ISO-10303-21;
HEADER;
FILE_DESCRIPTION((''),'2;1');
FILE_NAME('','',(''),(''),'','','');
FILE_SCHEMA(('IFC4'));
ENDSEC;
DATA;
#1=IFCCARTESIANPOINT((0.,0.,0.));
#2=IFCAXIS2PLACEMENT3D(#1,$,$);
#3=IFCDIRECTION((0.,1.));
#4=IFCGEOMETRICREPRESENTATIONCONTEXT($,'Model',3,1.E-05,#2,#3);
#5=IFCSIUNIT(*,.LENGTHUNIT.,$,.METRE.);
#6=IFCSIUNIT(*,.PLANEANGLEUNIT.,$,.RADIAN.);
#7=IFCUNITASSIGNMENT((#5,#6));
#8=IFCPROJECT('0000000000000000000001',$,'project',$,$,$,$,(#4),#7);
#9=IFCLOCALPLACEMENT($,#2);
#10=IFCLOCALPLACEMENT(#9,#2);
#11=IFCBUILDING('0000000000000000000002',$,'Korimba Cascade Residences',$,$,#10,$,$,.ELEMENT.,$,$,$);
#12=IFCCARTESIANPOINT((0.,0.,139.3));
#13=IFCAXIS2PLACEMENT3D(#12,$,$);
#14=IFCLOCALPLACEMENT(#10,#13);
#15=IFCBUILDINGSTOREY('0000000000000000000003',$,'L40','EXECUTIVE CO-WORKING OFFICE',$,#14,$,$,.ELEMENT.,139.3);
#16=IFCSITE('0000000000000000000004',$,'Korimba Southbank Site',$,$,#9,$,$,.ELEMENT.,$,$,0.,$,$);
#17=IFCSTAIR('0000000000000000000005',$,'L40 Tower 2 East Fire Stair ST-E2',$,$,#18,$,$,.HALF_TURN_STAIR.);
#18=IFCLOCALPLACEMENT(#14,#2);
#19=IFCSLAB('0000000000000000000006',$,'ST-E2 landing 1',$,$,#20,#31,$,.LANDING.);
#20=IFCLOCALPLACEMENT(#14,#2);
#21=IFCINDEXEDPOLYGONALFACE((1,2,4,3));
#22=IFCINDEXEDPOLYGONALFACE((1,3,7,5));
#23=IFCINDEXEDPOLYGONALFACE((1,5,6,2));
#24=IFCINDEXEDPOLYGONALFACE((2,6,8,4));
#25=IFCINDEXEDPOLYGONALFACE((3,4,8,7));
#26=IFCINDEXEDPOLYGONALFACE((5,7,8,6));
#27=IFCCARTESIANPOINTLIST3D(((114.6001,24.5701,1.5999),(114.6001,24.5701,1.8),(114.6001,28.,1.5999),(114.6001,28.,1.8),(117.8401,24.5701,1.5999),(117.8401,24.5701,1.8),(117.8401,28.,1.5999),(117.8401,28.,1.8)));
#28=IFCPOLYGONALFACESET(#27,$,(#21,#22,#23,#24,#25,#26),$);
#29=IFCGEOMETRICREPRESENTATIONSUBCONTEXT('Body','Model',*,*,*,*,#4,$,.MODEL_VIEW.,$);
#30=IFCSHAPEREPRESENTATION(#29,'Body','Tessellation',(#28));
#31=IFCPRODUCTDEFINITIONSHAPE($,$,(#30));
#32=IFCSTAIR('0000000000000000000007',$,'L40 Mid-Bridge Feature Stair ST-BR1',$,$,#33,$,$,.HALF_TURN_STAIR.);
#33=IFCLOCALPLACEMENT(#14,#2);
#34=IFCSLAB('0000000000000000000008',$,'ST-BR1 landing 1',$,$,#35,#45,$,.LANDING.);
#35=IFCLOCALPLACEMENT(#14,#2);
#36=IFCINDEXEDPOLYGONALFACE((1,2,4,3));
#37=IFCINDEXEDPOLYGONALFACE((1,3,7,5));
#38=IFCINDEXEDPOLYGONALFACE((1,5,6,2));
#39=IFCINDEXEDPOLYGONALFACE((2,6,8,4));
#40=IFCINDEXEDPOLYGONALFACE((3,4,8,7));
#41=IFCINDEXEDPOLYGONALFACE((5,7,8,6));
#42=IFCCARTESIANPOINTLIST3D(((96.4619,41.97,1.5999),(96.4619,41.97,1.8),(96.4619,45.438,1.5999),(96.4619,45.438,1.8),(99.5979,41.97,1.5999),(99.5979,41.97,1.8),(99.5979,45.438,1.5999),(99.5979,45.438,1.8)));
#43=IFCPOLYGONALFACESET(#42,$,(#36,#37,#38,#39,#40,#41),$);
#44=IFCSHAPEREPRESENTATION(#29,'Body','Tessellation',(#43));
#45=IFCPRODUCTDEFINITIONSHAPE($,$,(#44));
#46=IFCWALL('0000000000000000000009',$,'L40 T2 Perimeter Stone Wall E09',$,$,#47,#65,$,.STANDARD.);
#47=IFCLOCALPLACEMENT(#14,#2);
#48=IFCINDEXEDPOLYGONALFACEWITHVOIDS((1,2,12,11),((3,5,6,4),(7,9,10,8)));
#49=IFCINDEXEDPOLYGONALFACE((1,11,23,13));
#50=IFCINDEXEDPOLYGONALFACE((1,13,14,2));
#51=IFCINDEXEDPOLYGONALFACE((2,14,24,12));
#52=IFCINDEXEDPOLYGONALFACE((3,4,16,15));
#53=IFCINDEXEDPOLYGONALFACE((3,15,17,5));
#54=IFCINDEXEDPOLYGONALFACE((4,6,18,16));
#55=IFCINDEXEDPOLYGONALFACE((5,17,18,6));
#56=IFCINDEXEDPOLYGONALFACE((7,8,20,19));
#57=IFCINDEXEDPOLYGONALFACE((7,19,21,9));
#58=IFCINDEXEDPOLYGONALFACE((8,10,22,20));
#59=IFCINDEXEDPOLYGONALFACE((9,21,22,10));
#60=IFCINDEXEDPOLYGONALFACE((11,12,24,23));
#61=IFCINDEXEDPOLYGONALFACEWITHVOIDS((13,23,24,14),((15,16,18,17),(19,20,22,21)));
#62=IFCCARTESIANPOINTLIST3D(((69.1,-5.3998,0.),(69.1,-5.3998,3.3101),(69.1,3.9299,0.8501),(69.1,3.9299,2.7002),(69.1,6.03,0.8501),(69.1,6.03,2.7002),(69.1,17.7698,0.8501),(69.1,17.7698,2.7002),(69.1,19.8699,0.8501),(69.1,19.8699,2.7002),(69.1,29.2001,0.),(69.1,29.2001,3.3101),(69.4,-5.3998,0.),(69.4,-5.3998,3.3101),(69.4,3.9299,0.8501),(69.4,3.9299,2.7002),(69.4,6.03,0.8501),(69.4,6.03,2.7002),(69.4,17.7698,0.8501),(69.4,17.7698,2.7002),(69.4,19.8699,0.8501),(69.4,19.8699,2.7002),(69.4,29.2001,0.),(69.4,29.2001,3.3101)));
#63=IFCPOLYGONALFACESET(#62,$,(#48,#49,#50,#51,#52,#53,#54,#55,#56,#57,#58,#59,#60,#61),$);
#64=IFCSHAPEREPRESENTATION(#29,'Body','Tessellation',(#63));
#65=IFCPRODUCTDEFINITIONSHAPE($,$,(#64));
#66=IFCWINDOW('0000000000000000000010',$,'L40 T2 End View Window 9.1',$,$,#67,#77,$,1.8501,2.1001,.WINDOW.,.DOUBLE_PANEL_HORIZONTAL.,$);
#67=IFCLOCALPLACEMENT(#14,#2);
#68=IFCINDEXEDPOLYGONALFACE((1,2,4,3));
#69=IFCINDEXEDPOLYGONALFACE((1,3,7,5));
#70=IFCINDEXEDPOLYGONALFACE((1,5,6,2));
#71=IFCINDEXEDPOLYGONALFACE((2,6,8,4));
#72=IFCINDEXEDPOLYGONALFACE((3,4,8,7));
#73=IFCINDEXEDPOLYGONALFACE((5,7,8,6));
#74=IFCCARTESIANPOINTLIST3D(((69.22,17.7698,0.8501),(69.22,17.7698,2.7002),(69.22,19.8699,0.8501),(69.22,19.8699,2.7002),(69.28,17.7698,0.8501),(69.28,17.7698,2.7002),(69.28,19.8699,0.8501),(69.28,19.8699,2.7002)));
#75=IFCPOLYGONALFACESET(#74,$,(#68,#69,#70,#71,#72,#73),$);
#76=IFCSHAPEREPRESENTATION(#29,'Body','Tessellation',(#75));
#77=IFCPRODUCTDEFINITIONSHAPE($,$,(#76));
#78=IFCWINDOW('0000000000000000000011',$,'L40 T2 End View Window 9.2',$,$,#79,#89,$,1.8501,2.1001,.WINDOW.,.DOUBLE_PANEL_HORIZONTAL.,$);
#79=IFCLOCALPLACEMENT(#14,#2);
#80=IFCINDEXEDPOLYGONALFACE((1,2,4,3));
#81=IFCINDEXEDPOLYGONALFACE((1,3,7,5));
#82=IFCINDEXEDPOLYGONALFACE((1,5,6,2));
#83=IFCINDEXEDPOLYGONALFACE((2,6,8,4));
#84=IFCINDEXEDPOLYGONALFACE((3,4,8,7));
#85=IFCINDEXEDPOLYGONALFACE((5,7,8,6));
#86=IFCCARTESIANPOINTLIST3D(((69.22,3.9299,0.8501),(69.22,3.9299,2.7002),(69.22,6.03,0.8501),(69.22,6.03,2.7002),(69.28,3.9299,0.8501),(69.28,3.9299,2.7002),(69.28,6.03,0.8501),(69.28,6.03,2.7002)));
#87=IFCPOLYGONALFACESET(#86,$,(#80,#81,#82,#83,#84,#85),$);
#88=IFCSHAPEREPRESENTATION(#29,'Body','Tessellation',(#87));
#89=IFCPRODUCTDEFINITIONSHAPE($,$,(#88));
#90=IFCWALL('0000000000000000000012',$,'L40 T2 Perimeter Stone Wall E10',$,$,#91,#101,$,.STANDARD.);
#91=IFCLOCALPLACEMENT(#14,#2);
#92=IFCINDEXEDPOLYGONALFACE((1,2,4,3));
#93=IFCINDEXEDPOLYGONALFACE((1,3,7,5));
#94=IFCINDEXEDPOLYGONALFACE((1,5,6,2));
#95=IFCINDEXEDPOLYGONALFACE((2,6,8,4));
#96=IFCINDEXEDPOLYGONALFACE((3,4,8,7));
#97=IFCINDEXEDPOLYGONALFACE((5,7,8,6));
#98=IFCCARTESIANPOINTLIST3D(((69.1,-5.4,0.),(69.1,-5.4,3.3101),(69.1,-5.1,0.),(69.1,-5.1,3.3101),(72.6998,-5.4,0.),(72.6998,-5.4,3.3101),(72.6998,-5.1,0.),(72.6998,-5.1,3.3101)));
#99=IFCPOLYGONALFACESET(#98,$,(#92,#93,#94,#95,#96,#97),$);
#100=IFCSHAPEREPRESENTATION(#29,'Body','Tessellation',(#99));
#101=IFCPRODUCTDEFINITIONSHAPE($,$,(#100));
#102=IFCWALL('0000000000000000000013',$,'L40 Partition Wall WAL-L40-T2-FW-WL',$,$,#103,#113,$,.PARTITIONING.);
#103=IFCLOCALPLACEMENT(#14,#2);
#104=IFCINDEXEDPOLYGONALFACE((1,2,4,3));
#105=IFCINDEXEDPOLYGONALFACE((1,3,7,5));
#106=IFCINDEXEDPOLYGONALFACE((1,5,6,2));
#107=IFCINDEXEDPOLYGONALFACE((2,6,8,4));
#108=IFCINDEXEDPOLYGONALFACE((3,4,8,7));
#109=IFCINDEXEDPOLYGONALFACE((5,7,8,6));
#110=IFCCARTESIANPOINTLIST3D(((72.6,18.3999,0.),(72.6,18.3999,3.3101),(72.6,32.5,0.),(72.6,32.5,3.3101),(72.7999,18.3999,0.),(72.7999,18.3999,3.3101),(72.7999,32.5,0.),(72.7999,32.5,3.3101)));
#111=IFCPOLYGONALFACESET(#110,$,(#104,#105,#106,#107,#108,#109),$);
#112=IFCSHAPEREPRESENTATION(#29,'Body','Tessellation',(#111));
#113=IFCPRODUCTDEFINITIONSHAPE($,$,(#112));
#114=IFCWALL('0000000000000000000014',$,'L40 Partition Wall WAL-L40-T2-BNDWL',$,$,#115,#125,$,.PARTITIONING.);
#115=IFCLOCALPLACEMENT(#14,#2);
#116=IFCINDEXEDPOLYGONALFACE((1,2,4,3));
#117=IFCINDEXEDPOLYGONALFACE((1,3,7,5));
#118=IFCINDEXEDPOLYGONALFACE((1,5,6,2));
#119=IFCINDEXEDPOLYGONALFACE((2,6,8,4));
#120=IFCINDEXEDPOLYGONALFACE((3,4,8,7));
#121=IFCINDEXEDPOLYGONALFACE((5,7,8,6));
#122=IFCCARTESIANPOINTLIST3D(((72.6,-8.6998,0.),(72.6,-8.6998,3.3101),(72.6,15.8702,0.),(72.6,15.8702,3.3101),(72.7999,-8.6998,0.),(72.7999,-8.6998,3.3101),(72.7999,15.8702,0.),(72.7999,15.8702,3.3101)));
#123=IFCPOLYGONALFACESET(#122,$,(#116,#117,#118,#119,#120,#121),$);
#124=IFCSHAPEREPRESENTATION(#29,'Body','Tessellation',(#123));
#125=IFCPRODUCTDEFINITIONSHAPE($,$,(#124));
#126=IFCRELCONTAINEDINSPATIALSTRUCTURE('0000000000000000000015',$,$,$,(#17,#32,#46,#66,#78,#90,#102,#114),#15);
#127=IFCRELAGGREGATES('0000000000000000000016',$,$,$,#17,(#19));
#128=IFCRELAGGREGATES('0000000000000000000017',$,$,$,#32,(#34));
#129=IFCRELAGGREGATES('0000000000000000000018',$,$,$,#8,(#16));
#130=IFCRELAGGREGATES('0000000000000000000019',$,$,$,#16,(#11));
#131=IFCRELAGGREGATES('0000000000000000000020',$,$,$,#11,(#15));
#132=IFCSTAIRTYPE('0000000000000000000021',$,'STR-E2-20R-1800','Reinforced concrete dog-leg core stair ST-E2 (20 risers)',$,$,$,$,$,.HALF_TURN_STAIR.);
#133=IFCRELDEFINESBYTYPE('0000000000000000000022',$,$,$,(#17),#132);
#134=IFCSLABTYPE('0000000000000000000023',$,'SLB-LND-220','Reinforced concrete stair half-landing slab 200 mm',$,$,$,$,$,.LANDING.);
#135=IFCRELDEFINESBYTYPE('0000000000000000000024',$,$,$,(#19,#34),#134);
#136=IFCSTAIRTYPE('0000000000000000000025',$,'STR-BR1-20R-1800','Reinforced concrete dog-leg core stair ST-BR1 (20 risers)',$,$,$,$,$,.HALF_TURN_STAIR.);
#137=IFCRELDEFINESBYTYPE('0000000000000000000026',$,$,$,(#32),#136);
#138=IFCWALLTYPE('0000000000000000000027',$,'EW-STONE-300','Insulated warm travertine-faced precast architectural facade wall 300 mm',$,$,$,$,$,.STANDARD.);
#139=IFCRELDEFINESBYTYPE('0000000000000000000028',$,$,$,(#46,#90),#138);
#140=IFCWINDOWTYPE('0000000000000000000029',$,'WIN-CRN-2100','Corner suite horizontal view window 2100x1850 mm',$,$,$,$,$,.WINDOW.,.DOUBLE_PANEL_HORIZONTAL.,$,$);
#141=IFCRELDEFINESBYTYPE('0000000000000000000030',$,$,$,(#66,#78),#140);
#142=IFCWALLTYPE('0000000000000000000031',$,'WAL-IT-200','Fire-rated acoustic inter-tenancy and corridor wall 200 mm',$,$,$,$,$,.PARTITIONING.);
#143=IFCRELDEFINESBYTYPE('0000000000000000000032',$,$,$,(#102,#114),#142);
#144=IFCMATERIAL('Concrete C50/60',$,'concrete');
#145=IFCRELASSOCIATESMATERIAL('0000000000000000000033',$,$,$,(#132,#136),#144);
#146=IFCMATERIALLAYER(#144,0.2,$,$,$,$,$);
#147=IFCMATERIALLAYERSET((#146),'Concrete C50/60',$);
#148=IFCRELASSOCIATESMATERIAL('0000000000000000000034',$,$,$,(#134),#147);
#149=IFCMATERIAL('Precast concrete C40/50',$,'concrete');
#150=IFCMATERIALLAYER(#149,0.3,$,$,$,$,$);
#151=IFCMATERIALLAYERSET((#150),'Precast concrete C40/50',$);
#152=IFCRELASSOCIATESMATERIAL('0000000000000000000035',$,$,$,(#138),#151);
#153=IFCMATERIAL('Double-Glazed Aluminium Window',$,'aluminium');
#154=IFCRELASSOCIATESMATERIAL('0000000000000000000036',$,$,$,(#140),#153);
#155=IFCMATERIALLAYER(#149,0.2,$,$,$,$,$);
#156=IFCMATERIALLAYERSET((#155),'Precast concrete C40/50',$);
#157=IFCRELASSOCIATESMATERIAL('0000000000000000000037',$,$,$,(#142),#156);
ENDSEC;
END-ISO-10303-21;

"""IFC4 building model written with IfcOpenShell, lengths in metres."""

from ifc_helpers import new_model, si_unit, direction, frame, frame_2d, origin, place, context, subcontext, project, spatial, polyline, rectangle, outline, extrude, material, layer, layer_set, type_object, element, fill, aggregate, save


model = new_model("IFC4")

# Units and contexts
model_context = context("Model", 3, precision=1e-05, world=origin(), true_north=direction((0.0, 1.0)))
body_context = subcontext(model_context, "Body", "Model", "MODEL_VIEW")
ifc_project = project(units=[si_unit("LENGTHUNIT", "METRE"), si_unit("PLANEANGLEUNIT", "RADIAN")], contexts=[model_context])

# Site, building, storey
site_placement = place(None, origin())
site = spatial("IfcSite", under=ifc_project, at=site_placement, Name="Korimba Southbank Site", CompositionType="ELEMENT", RefElevation=0.0)
building_placement = place(site_placement, origin())
building = spatial("IfcBuilding", under=site, at=building_placement, Name="Korimba Cascade Residences", CompositionType="ELEMENT")
storey_placement = place(building_placement, frame((0.0, 0.0, 139.3)))
storey = spatial("IfcBuildingStorey", under=building, at=storey_placement, Name="L40", Description="EXECUTIVE CO-WORKING OFFICE", CompositionType="ELEMENT", Elevation=139.3)

# Stairs, slabs
ifc_material_1 = material(Name="Concrete C50/60", Category="concrete")
stair_type_1 = type_object("IfcStairType", Name="STR-E2-20R-1800", Description="Reinforced concrete dog-leg core stair ST-E2 (20 risers)", PredefinedType="HALF_TURN_STAIR", material=ifc_material_1)
stair_1_placement = place(storey_placement, origin())
stair_1 = element("IfcStair", 1, at=stair_1_placement, inside=storey, type_object=stair_type_1, Name="L40 Tower 2 East Fire Stair ST-E2", PredefinedType="HALF_TURN_STAIR")
ifc_layer_1 = layer(ifc_material_1, 0.2)
ifc_layer_set_1 = layer_set([ifc_layer_1], Name="Concrete C50/60")
slab_type = type_object("IfcSlabType", Name="SLB-LND-220", Description="Reinforced concrete stair half-landing slab 200 mm", PredefinedType="LANDING", material=ifc_layer_set_1)
slab_1_placement = place(storey_placement, frame((0.0, 0.0, 1.5999)))
slab_1 = element("IfcSlab", 2, at=slab_1_placement, type_object=slab_type, Name="ST-E2 landing 1", PredefinedType="LANDING", context=body_context, shape_type="SweptSolid", body=[
    extrude(outline(polyline([(117.8401, 24.5701), (117.8401, 28.0), (114.6001, 28.0), (114.6001, 24.5701), (117.8401, 24.5701)])), origin(), (0.0, 0.0, 1.0), 0.2002),
])
aggregate(stair_1, [slab_1])
stair_type_2 = type_object("IfcStairType", Name="STR-BR1-20R-1800", Description="Reinforced concrete dog-leg core stair ST-BR1 (20 risers)", PredefinedType="HALF_TURN_STAIR", material=ifc_material_1)
stair_2_placement = place(storey_placement, origin())
stair_2 = element("IfcStair", 3, at=stair_2_placement, inside=storey, type_object=stair_type_2, Name="L40 Mid-Bridge Feature Stair ST-BR1", PredefinedType="HALF_TURN_STAIR")
slab_2_placement = place(storey_placement, frame((0.0, 0.0, 1.5999)))
slab_2 = element("IfcSlab", 4, at=slab_2_placement, type_object=slab_type, Name="ST-BR1 landing 1", PredefinedType="LANDING", context=body_context, shape_type="SweptSolid", body=[
    extrude(outline(polyline([(96.4619, 41.97), (99.5979, 41.97), (99.5979, 45.438), (96.4619, 45.438), (96.4619, 41.97)])), origin(), (0.0, 0.0, 1.0), 0.2002),
])
aggregate(stair_2, [slab_2])

# Shared definitions
ifc_material_2 = material(Name="Precast concrete C40/50", Category="concrete")
ifc_material_3 = material(Name="Double-Glazed Aluminium Window", Category="aluminium")

# Wall, openings, windows
ifc_layer_2 = layer(ifc_material_2, 0.3)
ifc_layer_set_2 = layer_set([ifc_layer_2], Name="Precast concrete C40/50")
wall_type_1 = type_object("IfcWallType", Name="EW-STONE-300", Description="Insulated warm travertine-faced precast architectural facade wall 300 mm", PredefinedType="STANDARD", material=ifc_layer_set_2)
wall_1_placement = place(storey_placement, frame((69.25, 29.2, 0.0), z_axis=(0.0, 0.0, 1.0), x_axis=(0.0, -1.0, 0.0)))
wall_1 = element("IfcWall", 5, at=wall_1_placement, inside=storey, type_object=wall_type_1, Name="L40 T2 Perimeter Stone Wall E09", PredefinedType="STANDARD", context=body_context, shape_type="SweptSolid", body=[
    extrude(rectangle(XDim=34.5999, YDim=0.3, at=frame_2d((17.2998, 0.0))), origin(), (0.0, 0.0, 1.0), 3.3101),
])
opening_1_placement = place(wall_1_placement, frame((9.3301, 0.0, 0.8501)))
opening_1 = element("IfcOpeningElement", 6, at=opening_1_placement, cuts=wall_1, PredefinedType="OPENING", context=body_context, shape_type="SweptSolid", body=[
    extrude(rectangle(XDim=2.1001, YDim=1.8501, at=frame_2d((1.05, 0.925))), frame((0.0, 0.1602, 0.0), z_axis=(0.0, -1.0, 0.0), x_axis=(1.0, 0.0, 0.0)), (0.0, 0.0, 1.0), 0.3201),
])
opening_2_placement = place(wall_1_placement, frame((23.1699, 0.0, 0.8501)))
opening_2 = element("IfcOpeningElement", 7, at=opening_2_placement, cuts=wall_1, PredefinedType="OPENING", context=body_context, shape_type="SweptSolid", body=[
    extrude(rectangle(XDim=2.1001, YDim=1.8501, at=frame_2d((1.05, 0.925))), frame((0.0, 0.1602, 0.0), z_axis=(0.0, -1.0, 0.0), x_axis=(1.0, 0.0, 0.0)), (0.0, 0.0, 1.0), 0.3201),
])
window_type_1 = type_object("IfcWindowType", Name="WIN-CRN-2100", Description="Corner suite horizontal view window 2100x1850 mm", PartitioningType="DOUBLE_PANEL_HORIZONTAL", PredefinedType="WINDOW", material=ifc_material_3)
window_1_placement = place(opening_1_placement, origin())
window_1 = element("IfcWindow", 8, at=window_1_placement, inside=storey, type_object=window_type_1, Name="L40 T2 End View Window 9.1", OverallHeight=1.8501, OverallWidth=2.1001, PartitioningType="DOUBLE_PANEL_HORIZONTAL", PredefinedType="WINDOW", context=body_context, shape_type="SweptSolid", body=[
    extrude(rectangle(XDim=2.1001, YDim=1.8501, at=frame_2d((1.05, 0.925))), frame((0.0, 0.03, 0.0), z_axis=(0.0, -1.0, 0.0), x_axis=(1.0, 0.0, 0.0)), (0.0, 0.0, 1.0), 0.0601),
])
fill(opening_1, window_1)
window_2_placement = place(opening_2_placement, origin())
window_2 = element("IfcWindow", 9, at=window_2_placement, inside=storey, type_object=window_type_1, Name="L40 T2 End View Window 9.2", OverallHeight=1.8501, OverallWidth=2.1001, PartitioningType="DOUBLE_PANEL_HORIZONTAL", PredefinedType="WINDOW", context=body_context, shape_type="SweptSolid", body=[
    extrude(rectangle(XDim=2.1001, YDim=1.8501, at=frame_2d((1.05, 0.925))), frame((0.0, 0.03, 0.0), z_axis=(0.0, -1.0, 0.0), x_axis=(1.0, 0.0, 0.0)), (0.0, 0.0, 1.0), 0.0601),
])
fill(opening_2, window_2)

# Walls
wall_2_placement = place(storey_placement, frame((69.1001, -5.25, 0.0), z_axis=(0.0, 0.0, 1.0), x_axis=(1.0, 0.0, 0.0)))
element("IfcWall", 10, at=wall_2_placement, inside=storey, type_object=wall_type_1, Name="L40 T2 Perimeter Stone Wall E10", PredefinedType="STANDARD", context=body_context, shape_type="SweptSolid", body=[
    extrude(rectangle(XDim=3.5999, YDim=0.3, at=frame_2d((1.7998, 0.0))), origin(), (0.0, 0.0, 1.0), 3.3101),
])
ifc_layer_3 = layer(ifc_material_2, 0.2)
ifc_layer_set_3 = layer_set([ifc_layer_3], Name="Precast concrete C40/50")
wall_type_2 = type_object("IfcWallType", Name="WAL-IT-200", Description="Fire-rated acoustic inter-tenancy and corridor wall 200 mm", PredefinedType="PARTITIONING", material=ifc_layer_set_3)
wall_3_placement = place(storey_placement, frame((72.7, 18.3999, 0.0), z_axis=(0.0, 0.0, 1.0), x_axis=(0.0, 1.0, 0.0)))
element("IfcWall", 11, at=wall_3_placement, inside=storey, type_object=wall_type_2, Name="L40 Partition Wall WAL-L40-T2-FW-WL", PredefinedType="PARTITIONING", context=body_context, shape_type="SweptSolid", body=[
    extrude(rectangle(XDim=14.1001, YDim=0.2, at=frame_2d((7.05, 0.0))), origin(), (0.0, 0.0, 1.0), 3.3101),
])
wall_4_placement = place(storey_placement, frame((72.7, -8.7, 0.0), z_axis=(0.0, 0.0, 1.0), x_axis=(0.0, 1.0, 0.0)))
element("IfcWall", 12, at=wall_4_placement, inside=storey, type_object=wall_type_2, Name="L40 Partition Wall WAL-L40-T2-BNDWL", PredefinedType="PARTITIONING", context=body_context, shape_type="SweptSolid", body=[
    extrude(rectangle(XDim=24.5701, YDim=0.2, at=frame_2d((12.2852, 0.0))), origin(), (0.0, 0.0, 1.0), 3.3101),
])

save(model, "model.ifc")
